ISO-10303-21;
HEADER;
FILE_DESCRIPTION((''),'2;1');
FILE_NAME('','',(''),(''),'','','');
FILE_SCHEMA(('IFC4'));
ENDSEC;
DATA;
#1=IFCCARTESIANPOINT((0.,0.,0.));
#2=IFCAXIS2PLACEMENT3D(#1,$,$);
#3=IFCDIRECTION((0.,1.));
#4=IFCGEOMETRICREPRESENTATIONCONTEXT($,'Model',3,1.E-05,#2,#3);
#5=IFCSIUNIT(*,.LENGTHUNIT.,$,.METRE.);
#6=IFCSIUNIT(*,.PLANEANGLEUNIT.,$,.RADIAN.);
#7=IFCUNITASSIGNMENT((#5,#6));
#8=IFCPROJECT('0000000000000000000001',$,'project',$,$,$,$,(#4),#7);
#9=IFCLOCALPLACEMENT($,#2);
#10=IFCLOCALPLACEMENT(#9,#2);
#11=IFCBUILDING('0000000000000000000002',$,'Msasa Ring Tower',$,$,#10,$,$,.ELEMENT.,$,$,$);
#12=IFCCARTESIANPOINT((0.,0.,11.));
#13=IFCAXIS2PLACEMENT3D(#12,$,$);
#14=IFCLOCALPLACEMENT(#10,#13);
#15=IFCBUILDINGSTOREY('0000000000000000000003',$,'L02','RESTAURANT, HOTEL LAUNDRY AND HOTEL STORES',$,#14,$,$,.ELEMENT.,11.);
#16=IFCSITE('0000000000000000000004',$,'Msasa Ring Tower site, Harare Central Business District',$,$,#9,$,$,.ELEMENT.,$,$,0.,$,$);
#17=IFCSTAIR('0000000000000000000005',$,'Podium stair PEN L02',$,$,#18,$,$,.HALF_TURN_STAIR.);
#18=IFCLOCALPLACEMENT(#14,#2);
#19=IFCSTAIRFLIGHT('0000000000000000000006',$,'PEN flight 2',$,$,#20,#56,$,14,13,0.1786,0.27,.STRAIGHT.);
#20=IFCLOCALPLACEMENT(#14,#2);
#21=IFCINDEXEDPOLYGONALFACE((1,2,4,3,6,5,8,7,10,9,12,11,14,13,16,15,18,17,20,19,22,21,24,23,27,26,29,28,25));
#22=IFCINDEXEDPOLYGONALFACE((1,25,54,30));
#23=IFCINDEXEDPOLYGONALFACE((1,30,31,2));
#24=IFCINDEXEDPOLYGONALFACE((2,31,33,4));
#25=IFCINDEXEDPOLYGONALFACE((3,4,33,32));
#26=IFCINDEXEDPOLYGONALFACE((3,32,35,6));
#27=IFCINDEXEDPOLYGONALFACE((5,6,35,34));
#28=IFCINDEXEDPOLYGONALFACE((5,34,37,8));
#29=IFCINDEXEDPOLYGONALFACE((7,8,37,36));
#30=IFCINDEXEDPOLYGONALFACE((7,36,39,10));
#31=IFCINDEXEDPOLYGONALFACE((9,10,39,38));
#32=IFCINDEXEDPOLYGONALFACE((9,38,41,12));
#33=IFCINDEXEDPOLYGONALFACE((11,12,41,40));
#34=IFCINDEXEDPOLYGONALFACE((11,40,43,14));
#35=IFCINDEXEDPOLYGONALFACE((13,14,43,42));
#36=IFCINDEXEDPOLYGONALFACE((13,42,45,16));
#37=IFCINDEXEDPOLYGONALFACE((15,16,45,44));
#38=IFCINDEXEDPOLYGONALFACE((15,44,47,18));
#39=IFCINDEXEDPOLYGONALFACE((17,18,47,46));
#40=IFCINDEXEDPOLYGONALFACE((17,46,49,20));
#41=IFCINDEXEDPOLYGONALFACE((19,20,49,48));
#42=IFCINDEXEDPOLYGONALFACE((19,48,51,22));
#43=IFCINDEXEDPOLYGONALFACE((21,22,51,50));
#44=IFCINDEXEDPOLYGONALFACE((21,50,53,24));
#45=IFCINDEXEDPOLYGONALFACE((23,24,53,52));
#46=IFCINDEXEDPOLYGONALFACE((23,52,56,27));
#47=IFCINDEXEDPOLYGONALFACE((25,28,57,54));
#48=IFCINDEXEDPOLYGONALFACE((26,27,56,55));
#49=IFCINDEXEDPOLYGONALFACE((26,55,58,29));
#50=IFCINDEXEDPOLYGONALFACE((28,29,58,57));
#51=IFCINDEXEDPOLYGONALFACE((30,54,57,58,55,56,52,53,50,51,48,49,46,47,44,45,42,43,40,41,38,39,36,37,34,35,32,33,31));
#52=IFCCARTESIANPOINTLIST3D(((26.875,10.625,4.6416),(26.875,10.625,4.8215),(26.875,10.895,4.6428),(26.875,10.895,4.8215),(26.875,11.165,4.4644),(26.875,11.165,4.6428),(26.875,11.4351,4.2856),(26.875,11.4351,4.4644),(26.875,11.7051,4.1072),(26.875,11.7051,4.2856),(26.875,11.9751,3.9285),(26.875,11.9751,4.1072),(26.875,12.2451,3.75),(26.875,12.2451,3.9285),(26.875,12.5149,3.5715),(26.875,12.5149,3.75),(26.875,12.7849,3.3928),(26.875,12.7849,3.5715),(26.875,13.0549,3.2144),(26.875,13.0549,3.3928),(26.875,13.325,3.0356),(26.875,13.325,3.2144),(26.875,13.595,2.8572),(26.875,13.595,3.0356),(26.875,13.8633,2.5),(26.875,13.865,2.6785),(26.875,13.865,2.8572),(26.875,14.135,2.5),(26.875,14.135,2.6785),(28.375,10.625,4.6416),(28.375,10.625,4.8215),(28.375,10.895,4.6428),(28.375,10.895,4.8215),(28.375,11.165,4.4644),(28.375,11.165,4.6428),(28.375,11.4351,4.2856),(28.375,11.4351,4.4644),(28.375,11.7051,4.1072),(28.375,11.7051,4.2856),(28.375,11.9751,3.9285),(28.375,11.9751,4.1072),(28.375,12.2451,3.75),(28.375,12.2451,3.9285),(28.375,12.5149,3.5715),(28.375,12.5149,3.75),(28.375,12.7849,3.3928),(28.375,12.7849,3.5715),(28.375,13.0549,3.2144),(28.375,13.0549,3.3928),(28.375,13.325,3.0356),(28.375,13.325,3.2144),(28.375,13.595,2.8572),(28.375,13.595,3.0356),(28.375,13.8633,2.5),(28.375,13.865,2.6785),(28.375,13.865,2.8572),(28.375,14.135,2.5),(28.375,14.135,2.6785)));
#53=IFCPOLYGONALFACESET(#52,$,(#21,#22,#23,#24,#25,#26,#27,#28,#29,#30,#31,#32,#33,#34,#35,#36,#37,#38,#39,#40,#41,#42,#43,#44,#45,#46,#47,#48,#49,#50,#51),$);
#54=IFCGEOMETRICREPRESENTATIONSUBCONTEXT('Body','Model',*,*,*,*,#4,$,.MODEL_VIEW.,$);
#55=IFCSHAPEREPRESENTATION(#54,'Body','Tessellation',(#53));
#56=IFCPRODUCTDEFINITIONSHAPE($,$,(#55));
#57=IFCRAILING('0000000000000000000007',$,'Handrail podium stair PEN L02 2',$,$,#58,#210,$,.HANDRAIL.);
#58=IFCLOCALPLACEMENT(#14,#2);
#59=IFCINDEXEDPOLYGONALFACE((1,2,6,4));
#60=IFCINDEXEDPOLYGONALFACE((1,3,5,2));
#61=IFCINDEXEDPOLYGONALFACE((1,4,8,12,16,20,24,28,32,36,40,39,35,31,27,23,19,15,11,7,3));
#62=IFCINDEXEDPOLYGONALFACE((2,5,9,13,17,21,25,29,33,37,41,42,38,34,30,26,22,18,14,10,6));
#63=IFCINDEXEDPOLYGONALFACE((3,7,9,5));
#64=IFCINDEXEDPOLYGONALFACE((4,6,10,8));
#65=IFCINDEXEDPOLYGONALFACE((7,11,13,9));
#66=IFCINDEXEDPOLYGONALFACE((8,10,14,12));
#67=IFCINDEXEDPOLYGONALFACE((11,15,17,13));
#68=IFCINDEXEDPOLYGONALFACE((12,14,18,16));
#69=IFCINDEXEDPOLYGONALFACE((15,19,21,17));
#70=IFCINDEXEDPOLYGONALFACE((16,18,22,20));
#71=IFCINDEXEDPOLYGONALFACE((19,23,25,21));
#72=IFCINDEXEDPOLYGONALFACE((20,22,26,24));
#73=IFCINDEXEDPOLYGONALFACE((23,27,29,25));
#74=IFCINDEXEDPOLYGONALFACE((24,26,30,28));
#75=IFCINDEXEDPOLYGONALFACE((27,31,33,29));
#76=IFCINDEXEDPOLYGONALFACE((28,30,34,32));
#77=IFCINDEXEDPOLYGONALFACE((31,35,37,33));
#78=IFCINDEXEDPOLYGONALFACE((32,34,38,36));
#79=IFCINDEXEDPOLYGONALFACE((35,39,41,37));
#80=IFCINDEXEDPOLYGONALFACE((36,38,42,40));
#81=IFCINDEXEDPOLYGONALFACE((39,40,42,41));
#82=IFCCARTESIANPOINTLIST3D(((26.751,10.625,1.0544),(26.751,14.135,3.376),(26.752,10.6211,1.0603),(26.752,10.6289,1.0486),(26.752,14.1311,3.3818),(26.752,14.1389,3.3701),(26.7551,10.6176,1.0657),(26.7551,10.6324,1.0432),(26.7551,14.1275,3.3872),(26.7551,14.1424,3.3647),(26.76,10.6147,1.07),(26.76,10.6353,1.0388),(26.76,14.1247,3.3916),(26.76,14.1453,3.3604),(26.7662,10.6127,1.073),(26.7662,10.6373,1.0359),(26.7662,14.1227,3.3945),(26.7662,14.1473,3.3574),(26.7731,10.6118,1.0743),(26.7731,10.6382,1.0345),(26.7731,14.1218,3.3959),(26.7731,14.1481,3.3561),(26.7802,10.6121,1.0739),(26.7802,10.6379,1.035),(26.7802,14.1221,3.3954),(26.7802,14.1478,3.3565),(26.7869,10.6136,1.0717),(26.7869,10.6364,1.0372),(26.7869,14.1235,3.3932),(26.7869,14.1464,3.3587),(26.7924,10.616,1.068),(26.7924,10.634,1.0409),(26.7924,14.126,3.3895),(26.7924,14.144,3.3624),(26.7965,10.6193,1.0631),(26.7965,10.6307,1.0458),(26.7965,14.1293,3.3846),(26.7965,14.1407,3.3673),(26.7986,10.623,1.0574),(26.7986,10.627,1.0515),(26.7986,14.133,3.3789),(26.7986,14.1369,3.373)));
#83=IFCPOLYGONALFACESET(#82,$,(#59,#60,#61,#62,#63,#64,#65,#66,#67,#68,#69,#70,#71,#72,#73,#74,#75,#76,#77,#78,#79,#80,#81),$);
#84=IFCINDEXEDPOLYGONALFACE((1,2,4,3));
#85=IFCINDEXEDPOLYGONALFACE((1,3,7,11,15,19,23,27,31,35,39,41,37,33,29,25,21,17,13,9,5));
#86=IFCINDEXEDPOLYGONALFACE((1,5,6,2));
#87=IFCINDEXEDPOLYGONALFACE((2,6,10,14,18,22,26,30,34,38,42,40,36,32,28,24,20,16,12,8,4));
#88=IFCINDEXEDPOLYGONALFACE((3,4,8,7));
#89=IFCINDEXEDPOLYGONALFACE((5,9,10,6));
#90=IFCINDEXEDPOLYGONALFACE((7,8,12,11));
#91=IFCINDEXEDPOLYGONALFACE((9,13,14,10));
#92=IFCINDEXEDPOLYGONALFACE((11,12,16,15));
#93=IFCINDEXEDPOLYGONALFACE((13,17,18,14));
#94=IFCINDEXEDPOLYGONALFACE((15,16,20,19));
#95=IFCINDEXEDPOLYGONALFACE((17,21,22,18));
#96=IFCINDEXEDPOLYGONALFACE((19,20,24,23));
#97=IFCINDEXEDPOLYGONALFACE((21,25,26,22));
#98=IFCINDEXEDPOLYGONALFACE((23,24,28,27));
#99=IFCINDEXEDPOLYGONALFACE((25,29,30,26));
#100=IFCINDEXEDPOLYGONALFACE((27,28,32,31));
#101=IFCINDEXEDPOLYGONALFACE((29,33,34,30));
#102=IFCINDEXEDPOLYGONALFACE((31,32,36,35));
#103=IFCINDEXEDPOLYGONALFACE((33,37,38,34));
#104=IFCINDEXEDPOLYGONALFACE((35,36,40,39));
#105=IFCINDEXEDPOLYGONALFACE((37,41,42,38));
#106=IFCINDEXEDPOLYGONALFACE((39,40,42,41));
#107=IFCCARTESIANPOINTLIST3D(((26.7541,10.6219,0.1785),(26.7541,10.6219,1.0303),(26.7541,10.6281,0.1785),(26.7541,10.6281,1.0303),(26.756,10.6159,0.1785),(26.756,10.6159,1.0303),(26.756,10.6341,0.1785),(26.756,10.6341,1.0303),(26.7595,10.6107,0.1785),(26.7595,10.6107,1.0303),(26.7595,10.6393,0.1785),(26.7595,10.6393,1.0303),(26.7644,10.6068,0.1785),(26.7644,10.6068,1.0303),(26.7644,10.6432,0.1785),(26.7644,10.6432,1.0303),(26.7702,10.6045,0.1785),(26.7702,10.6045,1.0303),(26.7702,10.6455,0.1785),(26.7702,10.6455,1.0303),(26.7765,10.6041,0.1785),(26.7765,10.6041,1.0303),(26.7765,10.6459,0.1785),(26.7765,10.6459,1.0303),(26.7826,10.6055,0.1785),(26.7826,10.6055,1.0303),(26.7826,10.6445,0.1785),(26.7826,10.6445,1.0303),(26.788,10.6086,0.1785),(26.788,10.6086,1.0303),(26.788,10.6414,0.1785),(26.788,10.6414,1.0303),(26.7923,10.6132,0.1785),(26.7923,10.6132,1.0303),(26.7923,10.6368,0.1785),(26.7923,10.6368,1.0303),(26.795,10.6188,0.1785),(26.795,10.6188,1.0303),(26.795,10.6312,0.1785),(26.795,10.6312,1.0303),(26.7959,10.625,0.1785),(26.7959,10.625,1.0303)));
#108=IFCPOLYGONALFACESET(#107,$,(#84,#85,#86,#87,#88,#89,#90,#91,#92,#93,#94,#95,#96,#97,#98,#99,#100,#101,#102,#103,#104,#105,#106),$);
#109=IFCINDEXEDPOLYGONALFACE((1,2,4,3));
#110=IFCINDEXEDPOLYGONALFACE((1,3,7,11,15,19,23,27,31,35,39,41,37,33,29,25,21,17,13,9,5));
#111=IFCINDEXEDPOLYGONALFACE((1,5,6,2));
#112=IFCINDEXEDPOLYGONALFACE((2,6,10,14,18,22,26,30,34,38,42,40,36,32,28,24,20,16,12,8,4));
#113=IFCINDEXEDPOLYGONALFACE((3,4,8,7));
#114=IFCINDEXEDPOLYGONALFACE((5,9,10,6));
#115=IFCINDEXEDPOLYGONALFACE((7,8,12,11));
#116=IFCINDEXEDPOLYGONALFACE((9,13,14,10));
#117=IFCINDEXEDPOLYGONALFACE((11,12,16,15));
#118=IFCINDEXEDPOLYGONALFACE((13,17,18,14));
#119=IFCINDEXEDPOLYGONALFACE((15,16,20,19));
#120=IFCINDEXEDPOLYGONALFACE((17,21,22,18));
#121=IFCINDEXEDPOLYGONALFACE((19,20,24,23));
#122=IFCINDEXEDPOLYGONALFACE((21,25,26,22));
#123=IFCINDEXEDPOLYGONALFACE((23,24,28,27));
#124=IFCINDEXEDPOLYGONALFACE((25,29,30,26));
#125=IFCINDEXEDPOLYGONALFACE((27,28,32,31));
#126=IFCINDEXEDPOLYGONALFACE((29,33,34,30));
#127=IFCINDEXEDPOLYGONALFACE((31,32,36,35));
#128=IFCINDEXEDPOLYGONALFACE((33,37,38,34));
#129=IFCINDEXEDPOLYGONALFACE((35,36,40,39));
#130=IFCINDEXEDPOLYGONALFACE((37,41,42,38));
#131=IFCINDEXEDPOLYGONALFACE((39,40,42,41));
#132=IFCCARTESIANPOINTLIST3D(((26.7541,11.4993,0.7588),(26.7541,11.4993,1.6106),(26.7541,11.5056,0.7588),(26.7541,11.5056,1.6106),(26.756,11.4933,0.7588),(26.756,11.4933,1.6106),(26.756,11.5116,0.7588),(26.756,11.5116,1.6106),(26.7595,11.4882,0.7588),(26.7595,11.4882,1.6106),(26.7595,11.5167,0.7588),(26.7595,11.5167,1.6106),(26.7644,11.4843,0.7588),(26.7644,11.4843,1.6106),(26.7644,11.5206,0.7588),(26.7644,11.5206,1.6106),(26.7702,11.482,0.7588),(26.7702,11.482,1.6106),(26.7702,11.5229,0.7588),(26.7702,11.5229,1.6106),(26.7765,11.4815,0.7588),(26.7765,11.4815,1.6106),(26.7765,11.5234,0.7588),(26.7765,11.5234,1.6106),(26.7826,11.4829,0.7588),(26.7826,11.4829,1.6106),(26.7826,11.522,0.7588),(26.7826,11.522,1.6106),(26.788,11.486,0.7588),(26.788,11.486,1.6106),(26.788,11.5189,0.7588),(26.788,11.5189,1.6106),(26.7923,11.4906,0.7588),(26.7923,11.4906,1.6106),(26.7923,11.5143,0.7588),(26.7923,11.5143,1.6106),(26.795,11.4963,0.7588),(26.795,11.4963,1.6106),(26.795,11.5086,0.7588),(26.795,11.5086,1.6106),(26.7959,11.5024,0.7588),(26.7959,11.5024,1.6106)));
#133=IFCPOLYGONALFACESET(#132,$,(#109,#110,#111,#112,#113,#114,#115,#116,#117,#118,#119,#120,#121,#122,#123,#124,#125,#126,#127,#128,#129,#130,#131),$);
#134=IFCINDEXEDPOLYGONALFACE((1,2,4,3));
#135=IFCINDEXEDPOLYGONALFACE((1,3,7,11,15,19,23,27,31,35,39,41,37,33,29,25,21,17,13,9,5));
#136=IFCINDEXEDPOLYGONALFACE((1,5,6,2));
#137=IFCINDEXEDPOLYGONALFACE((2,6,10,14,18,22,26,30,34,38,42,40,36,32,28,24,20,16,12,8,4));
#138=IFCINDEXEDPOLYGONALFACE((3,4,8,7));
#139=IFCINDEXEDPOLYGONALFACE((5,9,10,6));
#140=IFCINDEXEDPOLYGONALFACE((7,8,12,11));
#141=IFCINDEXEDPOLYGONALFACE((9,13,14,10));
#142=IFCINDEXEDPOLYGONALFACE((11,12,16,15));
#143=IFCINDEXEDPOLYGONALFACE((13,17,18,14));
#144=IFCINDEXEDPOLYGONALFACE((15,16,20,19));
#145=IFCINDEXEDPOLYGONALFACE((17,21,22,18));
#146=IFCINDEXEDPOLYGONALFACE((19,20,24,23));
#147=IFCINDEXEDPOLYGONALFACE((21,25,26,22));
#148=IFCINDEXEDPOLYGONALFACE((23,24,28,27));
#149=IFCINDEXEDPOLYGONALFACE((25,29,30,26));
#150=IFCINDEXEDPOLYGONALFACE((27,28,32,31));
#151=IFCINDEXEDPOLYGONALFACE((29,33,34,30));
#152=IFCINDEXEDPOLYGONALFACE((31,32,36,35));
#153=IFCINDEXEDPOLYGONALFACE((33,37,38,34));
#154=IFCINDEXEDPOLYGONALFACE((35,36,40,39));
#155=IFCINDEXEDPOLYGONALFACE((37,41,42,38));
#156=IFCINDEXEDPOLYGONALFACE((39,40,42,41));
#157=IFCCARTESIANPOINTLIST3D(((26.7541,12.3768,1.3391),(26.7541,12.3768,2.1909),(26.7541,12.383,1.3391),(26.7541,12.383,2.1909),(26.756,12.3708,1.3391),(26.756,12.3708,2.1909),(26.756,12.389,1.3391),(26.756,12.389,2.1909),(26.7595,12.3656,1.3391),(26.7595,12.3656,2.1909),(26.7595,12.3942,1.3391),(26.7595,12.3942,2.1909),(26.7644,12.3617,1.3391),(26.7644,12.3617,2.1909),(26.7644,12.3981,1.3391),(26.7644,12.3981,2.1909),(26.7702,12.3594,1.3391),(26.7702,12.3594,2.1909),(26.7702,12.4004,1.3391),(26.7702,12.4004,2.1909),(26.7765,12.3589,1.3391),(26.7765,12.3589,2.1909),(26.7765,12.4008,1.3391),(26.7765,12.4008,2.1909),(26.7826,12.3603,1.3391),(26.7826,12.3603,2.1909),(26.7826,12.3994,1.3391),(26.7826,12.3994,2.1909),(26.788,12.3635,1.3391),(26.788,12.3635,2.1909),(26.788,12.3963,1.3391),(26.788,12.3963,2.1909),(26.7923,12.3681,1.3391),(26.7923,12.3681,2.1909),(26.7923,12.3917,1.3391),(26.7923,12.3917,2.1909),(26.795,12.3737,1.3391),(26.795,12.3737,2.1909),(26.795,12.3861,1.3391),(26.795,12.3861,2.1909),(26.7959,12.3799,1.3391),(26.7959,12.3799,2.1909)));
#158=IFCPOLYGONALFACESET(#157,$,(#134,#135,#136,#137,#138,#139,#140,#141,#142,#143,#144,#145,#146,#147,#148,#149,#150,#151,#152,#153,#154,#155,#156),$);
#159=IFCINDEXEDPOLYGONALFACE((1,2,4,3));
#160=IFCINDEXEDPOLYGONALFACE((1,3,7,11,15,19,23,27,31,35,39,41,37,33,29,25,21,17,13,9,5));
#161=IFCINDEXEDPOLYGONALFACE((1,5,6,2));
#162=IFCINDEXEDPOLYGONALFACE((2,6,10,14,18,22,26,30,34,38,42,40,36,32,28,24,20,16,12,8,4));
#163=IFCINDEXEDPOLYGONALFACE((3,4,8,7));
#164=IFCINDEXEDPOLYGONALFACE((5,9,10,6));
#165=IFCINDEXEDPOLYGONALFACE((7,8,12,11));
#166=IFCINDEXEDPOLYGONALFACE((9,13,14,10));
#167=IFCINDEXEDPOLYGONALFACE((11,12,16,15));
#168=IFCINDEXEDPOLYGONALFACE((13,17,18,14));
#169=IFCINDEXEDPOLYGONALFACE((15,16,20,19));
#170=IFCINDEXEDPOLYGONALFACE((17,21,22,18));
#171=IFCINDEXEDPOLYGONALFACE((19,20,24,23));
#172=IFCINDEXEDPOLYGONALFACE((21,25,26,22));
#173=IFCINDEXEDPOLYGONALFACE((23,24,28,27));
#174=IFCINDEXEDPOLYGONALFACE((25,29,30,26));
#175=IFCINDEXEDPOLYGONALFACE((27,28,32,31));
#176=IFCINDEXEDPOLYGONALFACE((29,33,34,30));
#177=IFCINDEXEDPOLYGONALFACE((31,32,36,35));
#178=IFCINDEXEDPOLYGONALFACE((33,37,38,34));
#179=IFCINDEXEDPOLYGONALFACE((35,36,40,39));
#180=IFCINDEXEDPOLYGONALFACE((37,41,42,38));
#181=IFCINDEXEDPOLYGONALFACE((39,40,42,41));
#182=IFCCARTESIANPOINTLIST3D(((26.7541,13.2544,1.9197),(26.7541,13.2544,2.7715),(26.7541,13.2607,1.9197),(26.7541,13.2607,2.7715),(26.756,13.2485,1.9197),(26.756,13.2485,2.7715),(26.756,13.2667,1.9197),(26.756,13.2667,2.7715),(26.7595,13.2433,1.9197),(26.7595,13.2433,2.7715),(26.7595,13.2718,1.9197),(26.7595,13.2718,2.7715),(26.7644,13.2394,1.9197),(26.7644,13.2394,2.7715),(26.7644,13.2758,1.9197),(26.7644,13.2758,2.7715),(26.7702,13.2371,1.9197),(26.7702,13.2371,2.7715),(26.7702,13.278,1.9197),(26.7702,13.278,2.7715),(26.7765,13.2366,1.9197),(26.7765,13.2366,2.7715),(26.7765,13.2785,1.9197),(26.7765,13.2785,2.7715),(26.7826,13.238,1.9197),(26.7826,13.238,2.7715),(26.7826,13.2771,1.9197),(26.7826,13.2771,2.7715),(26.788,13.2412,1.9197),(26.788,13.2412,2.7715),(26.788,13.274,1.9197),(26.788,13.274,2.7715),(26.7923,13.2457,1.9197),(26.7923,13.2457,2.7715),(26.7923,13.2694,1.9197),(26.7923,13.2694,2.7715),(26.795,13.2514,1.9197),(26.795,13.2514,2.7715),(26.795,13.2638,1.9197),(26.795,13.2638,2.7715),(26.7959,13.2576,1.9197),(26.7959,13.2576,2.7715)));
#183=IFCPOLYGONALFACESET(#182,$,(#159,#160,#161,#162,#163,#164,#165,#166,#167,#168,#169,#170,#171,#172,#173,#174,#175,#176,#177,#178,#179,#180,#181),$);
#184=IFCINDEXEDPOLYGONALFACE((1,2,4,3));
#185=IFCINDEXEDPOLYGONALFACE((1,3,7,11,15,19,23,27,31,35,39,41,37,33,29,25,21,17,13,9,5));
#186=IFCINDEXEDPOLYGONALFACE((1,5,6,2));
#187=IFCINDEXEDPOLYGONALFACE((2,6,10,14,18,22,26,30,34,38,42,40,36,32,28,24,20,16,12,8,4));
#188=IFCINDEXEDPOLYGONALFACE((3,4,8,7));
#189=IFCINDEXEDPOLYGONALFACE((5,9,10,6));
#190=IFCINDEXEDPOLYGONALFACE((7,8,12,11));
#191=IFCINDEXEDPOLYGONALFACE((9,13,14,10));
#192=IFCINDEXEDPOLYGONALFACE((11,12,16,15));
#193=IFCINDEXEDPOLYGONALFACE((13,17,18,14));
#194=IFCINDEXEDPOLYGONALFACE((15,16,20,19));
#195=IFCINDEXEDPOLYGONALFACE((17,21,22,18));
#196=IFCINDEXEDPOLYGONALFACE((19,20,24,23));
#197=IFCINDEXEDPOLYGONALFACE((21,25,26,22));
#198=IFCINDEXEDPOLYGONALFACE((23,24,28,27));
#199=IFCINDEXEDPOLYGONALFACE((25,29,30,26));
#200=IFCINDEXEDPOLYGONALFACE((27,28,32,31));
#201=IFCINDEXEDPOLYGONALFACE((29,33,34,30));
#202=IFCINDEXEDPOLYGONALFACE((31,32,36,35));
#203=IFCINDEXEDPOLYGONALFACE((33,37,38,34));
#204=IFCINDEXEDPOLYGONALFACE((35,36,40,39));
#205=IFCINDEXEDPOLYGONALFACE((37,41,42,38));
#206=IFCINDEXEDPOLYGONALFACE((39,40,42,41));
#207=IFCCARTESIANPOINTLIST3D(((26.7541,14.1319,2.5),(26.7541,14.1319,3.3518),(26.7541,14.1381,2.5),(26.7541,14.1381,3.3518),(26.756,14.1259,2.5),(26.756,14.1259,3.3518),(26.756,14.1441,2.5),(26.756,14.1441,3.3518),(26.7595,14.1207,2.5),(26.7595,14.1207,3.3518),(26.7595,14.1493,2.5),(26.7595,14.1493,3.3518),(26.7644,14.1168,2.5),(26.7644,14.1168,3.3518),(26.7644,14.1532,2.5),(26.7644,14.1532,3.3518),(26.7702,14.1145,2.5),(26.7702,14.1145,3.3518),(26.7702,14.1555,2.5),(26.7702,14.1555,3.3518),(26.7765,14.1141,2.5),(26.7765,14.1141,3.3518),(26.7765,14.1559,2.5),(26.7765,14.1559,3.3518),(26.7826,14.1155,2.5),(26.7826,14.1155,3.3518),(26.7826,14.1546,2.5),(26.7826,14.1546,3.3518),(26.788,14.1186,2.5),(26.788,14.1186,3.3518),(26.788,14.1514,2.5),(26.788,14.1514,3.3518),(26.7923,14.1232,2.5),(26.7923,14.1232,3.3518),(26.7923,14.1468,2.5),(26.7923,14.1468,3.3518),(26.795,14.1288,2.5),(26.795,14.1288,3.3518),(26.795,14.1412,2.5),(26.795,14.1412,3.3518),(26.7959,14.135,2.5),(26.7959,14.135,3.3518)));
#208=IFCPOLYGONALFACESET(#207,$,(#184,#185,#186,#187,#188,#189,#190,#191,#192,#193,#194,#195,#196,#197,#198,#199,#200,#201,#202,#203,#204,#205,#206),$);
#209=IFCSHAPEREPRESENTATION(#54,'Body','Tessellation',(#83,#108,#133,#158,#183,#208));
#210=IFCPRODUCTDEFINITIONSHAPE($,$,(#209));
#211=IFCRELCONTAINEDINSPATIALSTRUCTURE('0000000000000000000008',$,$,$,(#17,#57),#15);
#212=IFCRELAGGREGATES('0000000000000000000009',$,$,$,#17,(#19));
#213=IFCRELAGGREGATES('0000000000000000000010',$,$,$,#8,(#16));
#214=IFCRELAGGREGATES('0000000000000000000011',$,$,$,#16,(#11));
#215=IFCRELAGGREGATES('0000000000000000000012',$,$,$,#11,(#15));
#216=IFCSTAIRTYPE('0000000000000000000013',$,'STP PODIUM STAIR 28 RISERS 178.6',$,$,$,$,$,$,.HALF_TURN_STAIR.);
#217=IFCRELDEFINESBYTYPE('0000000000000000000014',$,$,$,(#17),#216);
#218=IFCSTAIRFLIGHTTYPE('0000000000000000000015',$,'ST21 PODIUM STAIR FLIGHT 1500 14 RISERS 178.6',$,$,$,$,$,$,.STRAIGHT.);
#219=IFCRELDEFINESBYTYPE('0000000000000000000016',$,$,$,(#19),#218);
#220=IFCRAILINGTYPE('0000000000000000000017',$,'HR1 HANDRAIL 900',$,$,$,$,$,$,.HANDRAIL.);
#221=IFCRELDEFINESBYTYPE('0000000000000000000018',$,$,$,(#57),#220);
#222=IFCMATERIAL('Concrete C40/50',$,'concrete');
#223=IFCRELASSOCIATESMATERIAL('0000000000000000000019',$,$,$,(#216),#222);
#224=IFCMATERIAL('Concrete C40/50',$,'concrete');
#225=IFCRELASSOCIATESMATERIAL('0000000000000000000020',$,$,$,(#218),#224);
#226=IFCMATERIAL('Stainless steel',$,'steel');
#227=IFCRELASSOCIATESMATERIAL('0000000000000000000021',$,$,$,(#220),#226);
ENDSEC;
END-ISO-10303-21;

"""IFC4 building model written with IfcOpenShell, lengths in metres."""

from ifc_helpers import new_model, si_unit, direction, frame, origin, origin_2d, place, context, subcontext, project, spatial, polyline, circle, outline, extrude, material, type_object, element, aggregate, save


model = new_model("IFC4")

# Units and contexts
model_context = context("Model", 3, precision=1e-05, world=origin(), true_north=direction((0.0, 1.0)))
body_context = subcontext(model_context, "Body", "Model", "MODEL_VIEW")
ifc_project = project(units=[si_unit("LENGTHUNIT", "METRE"), si_unit("PLANEANGLEUNIT", "RADIAN")], contexts=[model_context])

# Site, building, storey
site_placement = place(None, origin())
site = spatial("IfcSite", under=ifc_project, at=site_placement, Name="Msasa Ring Tower site, Harare Central Business District", CompositionType="ELEMENT", RefElevation=0.0)
building_placement = place(site_placement, origin())
building = spatial("IfcBuilding", under=site, at=building_placement, Name="Msasa Ring Tower", CompositionType="ELEMENT")
storey_placement = place(building_placement, frame((0.0, 0.0, 11.0)))
storey = spatial("IfcBuildingStorey", under=building, at=storey_placement, Name="L02", Description="RESTAURANT, HOTEL LAUNDRY AND HOTEL STORES", CompositionType="ELEMENT", Elevation=11.0)

# Stair, stair flight
ifc_material_1 = material(Name="Concrete C40/50", Category="concrete")
stair_type = type_object("IfcStairType", Name="STP PODIUM STAIR 28 RISERS 178.6", PredefinedType="HALF_TURN_STAIR", material=ifc_material_1)
stair_placement = place(storey_placement, origin())
stair = element("IfcStair", 1, at=stair_placement, inside=storey, type_object=stair_type, Name="Podium stair PEN L02", PredefinedType="HALF_TURN_STAIR")
ifc_material_2 = material(Name="Concrete C40/50", Category="concrete")
stair_flight_type = type_object("IfcStairFlightType", Name="ST21 PODIUM STAIR FLIGHT 1500 14 RISERS 178.6", PredefinedType="STRAIGHT", material=ifc_material_2)
stair_flight_placement = place(storey_placement, frame((27.625, 14.135, 2.5), z_axis=(0.0, 0.0, 1.0), x_axis=(0.0, -1.0, 0.0)))
stair_flight = element("IfcStairFlight", 2, at=stair_flight_placement, type_object=stair_flight_type, Name="PEN flight 2", NumberOfRisers=14, NumberOfTreads=13, PredefinedType="STRAIGHT", RiserHeight=0.1786, TreadLength=0.27, context=body_context, shape_type="SweptSolid", body=[
    extrude(outline(polyline([(0.0, 0.0), (0.0, 0.1785), (0.27, 0.1785), (0.27, 0.3572), (0.54, 0.3572), (0.54, 0.5356), (0.8101, 0.5356), (0.8101, 0.7144), (1.0801, 0.7144), (1.0801, 0.8928), (1.3501, 0.8928), (1.3501, 1.0715), (1.6201, 1.0715), (1.6201, 1.25), (1.8899, 1.25), (1.8899, 1.4285), (2.1599, 1.4285), (2.1599, 1.6072), (2.4299, 1.6072), (2.4299, 1.7856), (2.7, 1.7856), (2.7, 1.9644), (2.97, 1.9644), (2.97, 2.1428), (3.24, 2.1428), (3.24, 2.3215), (3.51, 2.3215), (3.51, 2.5), (3.51, 2.1416), (0.2717, 0.0), (0.0, 0.0)])), frame((0.0, 0.75, 0.0), z_axis=(0.0, -1.0, 0.0), x_axis=(1.0, 0.0, 0.0)), (0.0, 0.0, 1.0), 1.5),
])
aggregate(stair, [stair_flight])

# Railing
ifc_material_3 = material(Name="Stainless steel", Category="steel")
railing_type = type_object("IfcRailingType", Name="HR1 HANDRAIL 900", PredefinedType="HANDRAIL", material=ifc_material_3)
railing_placement = place(storey_placement, frame((26.7749, 10.625, 0.1785)))
element("IfcRailing", 3, at=railing_placement, inside=storey, type_object=railing_type, Name="Handrail podium stair PEN L02 2", PredefinedType="HANDRAIL", context=body_context, shape_type="SweptSolid", body=[
    extrude(circle(Radius=0.0239, at=origin_2d()), frame((0.0, 0.0, 0.876), z_axis=(0.0, 0.834071, 0.551657), x_axis=(-1.0, 0.0, 0.0)), (0.0, 0.0, 1.0), 4.2083),
    extrude(circle(Radius=0.021, at=origin_2d()), origin(), (0.0, 0.0, 1.0), 0.8518),
    extrude(circle(Radius=0.021, at=origin_2d()), frame((0.0, 0.8774, 0.5803)), (0.0, 0.0, 1.0), 0.8518),
    extrude(circle(Radius=0.021, at=origin_2d()), frame((0.0, 1.7549, 1.1606)), (0.0, 0.0, 1.0), 0.8518),
    extrude(circle(Radius=0.021, at=origin_2d()), frame((0.0, 2.6326, 1.7412)), (0.0, 0.0, 1.0), 0.8518),
    extrude(circle(Radius=0.021, at=origin_2d()), frame((0.0, 3.51, 2.3215)), (0.0, 0.0, 1.0), 0.8518),
])

save(model, "model.ifc")
